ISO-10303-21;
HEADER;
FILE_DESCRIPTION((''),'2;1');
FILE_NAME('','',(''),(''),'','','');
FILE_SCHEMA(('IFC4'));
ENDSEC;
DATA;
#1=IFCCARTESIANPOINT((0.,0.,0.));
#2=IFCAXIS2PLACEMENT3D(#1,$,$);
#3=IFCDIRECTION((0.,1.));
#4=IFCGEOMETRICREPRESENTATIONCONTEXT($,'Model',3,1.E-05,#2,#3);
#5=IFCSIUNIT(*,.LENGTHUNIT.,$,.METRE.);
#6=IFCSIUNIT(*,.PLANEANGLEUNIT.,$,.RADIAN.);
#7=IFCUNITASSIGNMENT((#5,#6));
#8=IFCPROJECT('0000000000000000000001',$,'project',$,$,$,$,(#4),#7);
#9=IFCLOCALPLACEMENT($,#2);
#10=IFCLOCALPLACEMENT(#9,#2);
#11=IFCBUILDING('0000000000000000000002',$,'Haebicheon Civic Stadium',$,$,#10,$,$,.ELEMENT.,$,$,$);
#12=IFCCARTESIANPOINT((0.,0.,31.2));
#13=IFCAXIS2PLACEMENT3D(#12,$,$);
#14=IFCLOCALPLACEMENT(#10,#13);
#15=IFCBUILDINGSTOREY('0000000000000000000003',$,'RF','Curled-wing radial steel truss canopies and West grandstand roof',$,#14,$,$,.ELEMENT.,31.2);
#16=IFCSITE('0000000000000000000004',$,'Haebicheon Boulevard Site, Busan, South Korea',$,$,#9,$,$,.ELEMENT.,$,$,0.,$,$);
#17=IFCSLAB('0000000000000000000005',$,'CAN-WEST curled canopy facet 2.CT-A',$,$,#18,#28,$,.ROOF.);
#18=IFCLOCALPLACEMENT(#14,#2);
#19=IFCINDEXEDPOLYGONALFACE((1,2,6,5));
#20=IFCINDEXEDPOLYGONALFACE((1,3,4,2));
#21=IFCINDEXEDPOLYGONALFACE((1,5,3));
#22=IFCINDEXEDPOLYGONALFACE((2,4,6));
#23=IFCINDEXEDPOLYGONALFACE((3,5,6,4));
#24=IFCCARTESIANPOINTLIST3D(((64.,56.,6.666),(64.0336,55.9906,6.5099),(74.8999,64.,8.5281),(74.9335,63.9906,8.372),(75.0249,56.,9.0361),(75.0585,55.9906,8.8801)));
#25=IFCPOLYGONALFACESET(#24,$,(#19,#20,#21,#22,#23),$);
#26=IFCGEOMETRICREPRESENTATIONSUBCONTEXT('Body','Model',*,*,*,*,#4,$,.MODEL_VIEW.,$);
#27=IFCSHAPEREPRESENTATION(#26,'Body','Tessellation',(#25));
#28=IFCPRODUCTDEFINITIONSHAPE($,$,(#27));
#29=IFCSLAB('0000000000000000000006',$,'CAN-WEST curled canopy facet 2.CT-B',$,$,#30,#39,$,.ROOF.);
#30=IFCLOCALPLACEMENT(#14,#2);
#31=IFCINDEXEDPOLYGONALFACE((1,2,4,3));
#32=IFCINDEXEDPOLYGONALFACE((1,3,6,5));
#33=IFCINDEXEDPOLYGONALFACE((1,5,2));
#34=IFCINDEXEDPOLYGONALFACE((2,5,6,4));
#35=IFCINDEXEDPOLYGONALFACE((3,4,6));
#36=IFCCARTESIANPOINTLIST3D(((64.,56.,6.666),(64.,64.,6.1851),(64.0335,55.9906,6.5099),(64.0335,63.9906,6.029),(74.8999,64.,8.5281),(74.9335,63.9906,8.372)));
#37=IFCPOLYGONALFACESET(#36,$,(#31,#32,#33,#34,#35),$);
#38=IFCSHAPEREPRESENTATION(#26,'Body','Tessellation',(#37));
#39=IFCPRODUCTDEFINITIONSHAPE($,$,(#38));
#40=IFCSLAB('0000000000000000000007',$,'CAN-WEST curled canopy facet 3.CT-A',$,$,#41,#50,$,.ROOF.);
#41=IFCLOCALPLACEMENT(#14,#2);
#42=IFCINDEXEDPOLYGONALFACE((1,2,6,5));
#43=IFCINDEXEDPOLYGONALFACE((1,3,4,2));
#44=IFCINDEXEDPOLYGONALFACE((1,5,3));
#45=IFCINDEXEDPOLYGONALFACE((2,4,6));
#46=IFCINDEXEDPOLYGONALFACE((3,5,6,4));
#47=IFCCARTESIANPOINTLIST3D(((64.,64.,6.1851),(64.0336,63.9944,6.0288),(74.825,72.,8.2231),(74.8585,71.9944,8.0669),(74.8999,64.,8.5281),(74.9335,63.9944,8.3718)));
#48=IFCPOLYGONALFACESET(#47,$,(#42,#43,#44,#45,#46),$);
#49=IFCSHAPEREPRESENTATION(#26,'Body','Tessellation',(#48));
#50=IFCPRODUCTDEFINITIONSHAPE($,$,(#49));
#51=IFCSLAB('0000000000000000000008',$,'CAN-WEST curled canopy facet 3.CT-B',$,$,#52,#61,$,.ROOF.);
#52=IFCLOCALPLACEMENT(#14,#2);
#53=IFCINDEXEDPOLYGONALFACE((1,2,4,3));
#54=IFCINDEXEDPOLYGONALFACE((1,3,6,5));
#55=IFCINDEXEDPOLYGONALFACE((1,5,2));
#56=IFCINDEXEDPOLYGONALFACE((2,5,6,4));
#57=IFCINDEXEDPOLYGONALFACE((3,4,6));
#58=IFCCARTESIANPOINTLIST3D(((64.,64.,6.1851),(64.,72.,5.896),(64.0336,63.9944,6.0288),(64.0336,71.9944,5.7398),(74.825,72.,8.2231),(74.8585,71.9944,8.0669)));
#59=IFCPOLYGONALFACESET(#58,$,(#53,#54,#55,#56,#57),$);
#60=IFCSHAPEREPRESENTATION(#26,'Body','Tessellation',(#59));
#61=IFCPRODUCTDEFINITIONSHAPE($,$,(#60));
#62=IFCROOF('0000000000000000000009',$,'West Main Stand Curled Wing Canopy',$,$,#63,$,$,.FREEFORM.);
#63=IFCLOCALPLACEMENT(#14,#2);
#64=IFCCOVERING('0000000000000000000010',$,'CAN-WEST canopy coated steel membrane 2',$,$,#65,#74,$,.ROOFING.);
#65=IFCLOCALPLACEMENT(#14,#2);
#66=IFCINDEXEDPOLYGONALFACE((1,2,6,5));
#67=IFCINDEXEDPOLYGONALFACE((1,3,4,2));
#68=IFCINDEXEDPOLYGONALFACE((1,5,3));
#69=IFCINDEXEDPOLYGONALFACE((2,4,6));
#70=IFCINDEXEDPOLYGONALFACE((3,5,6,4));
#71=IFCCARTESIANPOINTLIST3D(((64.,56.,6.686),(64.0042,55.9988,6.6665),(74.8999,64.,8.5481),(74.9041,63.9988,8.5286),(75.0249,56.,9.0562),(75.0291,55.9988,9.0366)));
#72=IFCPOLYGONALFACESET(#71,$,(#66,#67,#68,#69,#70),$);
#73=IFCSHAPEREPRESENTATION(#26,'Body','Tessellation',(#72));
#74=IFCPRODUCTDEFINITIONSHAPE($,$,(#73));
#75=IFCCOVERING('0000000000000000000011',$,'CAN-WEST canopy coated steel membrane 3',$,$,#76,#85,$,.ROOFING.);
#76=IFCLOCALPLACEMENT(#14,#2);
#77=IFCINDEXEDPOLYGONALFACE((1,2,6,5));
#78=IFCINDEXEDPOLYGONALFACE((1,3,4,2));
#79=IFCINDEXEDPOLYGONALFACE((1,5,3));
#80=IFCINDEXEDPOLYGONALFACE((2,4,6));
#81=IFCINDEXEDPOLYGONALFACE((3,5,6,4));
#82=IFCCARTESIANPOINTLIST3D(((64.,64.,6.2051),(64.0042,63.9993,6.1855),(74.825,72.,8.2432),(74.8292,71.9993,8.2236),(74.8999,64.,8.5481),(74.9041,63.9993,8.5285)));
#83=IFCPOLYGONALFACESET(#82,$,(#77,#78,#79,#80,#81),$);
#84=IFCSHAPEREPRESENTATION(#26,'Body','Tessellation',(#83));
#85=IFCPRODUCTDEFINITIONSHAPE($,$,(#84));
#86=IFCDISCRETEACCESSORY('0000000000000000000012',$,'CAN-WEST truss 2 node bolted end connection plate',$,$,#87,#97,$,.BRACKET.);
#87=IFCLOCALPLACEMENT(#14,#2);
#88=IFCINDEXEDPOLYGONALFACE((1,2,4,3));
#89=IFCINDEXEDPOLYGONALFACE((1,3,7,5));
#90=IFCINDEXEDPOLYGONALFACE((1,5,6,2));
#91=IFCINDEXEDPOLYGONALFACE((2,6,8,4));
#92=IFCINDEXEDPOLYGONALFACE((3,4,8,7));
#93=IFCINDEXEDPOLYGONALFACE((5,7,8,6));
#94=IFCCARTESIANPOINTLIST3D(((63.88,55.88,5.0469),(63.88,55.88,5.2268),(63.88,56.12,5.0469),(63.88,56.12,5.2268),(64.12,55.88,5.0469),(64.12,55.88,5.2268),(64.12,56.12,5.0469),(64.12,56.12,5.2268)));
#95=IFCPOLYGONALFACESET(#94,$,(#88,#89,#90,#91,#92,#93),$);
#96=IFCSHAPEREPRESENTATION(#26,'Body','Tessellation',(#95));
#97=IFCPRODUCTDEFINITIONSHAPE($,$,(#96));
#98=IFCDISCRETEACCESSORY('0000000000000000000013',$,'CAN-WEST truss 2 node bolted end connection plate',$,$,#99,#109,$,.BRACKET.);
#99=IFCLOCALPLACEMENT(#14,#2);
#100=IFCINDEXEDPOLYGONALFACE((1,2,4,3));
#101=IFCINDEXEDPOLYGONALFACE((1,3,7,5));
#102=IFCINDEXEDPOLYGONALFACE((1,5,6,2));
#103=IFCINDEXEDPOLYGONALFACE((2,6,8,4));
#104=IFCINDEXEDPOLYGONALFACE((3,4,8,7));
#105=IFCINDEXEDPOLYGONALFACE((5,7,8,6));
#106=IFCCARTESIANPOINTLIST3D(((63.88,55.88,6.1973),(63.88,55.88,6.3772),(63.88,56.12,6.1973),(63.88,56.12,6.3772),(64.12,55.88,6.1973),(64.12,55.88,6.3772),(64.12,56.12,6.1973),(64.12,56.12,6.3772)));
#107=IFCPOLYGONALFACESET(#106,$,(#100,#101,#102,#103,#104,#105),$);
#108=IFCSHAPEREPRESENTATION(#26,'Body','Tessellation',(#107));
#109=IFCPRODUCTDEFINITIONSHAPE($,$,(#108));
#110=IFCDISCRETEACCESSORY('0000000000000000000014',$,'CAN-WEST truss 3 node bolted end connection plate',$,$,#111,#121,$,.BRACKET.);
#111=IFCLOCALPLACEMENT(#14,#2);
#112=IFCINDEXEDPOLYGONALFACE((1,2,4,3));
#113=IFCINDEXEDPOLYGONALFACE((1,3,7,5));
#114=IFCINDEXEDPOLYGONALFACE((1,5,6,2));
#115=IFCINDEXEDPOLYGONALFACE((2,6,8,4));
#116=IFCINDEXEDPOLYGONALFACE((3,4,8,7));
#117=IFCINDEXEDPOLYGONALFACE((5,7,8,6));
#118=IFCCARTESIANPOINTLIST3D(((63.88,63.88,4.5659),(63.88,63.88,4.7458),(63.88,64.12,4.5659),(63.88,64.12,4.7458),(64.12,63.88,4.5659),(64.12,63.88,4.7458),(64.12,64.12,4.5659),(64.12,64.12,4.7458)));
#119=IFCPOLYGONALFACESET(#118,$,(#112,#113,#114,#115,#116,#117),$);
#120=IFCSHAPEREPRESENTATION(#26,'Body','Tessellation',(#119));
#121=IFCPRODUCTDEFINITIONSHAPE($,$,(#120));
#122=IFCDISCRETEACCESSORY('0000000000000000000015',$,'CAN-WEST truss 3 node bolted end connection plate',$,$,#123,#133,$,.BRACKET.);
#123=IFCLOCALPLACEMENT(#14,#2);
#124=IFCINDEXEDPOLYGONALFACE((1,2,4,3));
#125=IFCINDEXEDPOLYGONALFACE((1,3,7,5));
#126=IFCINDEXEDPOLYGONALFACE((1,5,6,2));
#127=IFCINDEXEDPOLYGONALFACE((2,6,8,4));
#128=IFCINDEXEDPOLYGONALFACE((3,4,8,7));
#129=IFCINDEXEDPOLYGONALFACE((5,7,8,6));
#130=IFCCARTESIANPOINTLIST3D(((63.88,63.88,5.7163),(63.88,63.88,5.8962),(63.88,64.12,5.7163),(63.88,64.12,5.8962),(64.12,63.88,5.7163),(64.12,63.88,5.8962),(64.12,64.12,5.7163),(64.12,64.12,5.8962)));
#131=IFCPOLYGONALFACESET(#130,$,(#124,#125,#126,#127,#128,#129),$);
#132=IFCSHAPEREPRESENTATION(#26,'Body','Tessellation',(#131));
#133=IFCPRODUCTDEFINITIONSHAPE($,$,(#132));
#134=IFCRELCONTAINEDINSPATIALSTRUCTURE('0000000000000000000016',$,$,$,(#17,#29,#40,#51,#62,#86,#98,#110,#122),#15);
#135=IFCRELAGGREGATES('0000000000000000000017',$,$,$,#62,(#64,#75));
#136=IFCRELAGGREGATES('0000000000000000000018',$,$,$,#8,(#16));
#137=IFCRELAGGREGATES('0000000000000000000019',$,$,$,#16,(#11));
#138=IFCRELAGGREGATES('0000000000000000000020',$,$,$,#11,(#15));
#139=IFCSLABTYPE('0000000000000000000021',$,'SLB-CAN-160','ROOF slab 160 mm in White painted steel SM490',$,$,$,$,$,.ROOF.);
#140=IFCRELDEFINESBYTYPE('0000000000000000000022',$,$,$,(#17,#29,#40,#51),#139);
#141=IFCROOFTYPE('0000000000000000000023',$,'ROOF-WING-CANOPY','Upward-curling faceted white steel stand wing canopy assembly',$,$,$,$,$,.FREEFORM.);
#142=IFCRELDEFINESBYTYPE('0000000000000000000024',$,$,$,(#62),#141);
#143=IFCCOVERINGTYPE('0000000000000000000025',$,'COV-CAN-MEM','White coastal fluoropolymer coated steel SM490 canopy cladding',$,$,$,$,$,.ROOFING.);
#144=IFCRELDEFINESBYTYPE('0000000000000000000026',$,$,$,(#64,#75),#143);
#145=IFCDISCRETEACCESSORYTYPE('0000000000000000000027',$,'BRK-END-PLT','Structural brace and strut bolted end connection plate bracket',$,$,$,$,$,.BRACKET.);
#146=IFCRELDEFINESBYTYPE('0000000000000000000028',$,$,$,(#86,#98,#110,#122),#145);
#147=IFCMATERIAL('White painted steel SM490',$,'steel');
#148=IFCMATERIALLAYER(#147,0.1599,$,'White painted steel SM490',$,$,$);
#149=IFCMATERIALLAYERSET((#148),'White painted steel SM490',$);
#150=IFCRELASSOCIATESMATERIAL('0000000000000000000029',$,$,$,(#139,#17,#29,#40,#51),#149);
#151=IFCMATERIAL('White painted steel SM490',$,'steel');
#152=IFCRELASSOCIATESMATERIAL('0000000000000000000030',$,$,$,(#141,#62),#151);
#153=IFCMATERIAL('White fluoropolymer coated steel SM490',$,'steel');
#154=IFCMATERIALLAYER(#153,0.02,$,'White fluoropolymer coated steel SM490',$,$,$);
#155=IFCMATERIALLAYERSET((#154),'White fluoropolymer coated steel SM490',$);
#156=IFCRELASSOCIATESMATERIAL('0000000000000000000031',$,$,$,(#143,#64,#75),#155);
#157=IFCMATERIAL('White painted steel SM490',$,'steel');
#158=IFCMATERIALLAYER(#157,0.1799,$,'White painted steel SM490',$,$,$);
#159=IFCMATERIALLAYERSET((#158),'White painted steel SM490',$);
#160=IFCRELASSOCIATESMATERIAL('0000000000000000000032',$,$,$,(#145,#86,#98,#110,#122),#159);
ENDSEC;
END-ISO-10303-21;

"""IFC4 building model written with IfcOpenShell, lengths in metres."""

from ifc_helpers import new_model, si_unit, direction, frame, origin, origin_2d, place, context, subcontext, project, spatial, polyline, rectangle, outline, extrude, material, layer, layer_set, type_object, element, aggregate, save


model = new_model("IFC4")

# Units and contexts
model_context = context("Model", 3, precision=1e-05, world=origin(), true_north=direction((0.0, 1.0)))
body_context = subcontext(model_context, "Body", "Model", "MODEL_VIEW")
ifc_project = project(units=[si_unit("LENGTHUNIT", "METRE"), si_unit("PLANEANGLEUNIT", "RADIAN")], contexts=[model_context])

# Site, building, storey
site_placement = place(None, origin())
site = spatial("IfcSite", under=ifc_project, at=site_placement, Name="Haebicheon Boulevard Site, Busan, South Korea", CompositionType="ELEMENT", RefElevation=0.0)
building_placement = place(site_placement, origin())
building = spatial("IfcBuilding", under=site, at=building_placement, Name="Haebicheon Civic Stadium", CompositionType="ELEMENT")
storey_placement = place(building_placement, frame((0.0, 0.0, 31.2)))
storey = spatial("IfcBuildingStorey", under=building, at=storey_placement, Name="RF", Description="Curled-wing radial steel truss canopies and West grandstand roof", CompositionType="ELEMENT", Elevation=31.2)

# Slabs
ifc_material_1 = material(Name="White painted steel SM490", Category="steel")
ifc_layer_1 = layer(ifc_material_1, 0.1599, Name="White painted steel SM490")
ifc_layer_set_1 = layer_set([ifc_layer_1], Name="White painted steel SM490")
slab_type = type_object("IfcSlabType", Name="SLB-CAN-160", Description="ROOF slab 160 mm in White painted steel SM490", PredefinedType="ROOF", material=ifc_layer_set_1)
slab_1_placement = place(storey_placement, frame((64.0, 56.0, 6.666), z_axis=(-0.209814, 0.058703, 0.975977), x_axis=(0.977663, 0.0, 0.210177)))
element("IfcSlab", 1, at=slab_1_placement, inside=storey, type_object=slab_type, material=ifc_layer_set_1, Name="CAN-WEST curled canopy facet 2.CT-A", PredefinedType="ROOF", context=body_context, shape_type="SweptSolid", body=[
    extrude(outline(polyline([(0.0, 0.0), (11.2768, 0.0), (11.0478, 8.0138), (0.0, 0.0)])), origin(), (0.0, 0.0, -1.0), 0.1599),
])
slab_2_placement = place(storey_placement, frame((64.0, 56.0, 6.666), z_axis=(-0.209795, 0.058676, 0.975983), x_axis=(0.798629, 0.586155, 0.136432)))
element("IfcSlab", 2, at=slab_2_placement, inside=storey, type_object=slab_type, material=ifc_layer_set_1, Name="CAN-WEST curled canopy facet 2.CT-B", PredefinedType="ROOF", context=body_context, shape_type="SweptSolid", body=[
    extrude(outline(polyline([(0.0, 0.0), (13.6483, 0.0), (4.6236, 6.5463), (0.0, 0.0)])), origin(), (0.0, 0.0, -1.0), 0.1599),
])
slab_3_placement = place(storey_placement, frame((64.0, 64.0, 6.1851), z_axis=(-0.210026, 0.035274, 0.977059), x_axis=(0.977668, 0.0, 0.210157)))
element("IfcSlab", 3, at=slab_3_placement, inside=storey, type_object=slab_type, material=ifc_layer_set_1, Name="CAN-WEST curled canopy facet 3.CT-A", PredefinedType="ROOF", context=body_context, shape_type="SweptSolid", body=[
    extrude(outline(polyline([(0.0, 0.0), (11.1489, 0.0), (11.0115, 8.005), (0.0, 0.0)])), origin(), (0.0, 0.0, -1.0), 0.1599),
])
slab_4_placement = place(storey_placement, frame((64.0, 64.0, 6.1851), z_axis=(-0.210047, 0.035304, 0.977054), x_axis=(0.79515, 0.587642, 0.149708)))
element("IfcSlab", 4, at=slab_4_placement, inside=storey, type_object=slab_type, material=ifc_layer_set_1, Name="CAN-WEST curled canopy facet 3.CT-B", PredefinedType="ROOF", context=body_context, shape_type="SweptSolid", body=[
    extrude(outline(polyline([(0.0, 0.0), (13.6137, 0.0), (4.6579, 6.5106), (0.0, 0.0)])), origin(), (0.0, 0.0, -1.0), 0.1599),
])

# Roof, coverings
ifc_material_2 = material(Name="White painted steel SM490", Category="steel")
roof_type = type_object("IfcRoofType", Name="ROOF-WING-CANOPY", Description="Upward-curling faceted white steel stand wing canopy assembly", PredefinedType="FREEFORM", material=ifc_material_2)
roof_placement = place(storey_placement, origin())
roof = element("IfcRoof", 5, at=roof_placement, inside=storey, type_object=roof_type, material=ifc_material_2, Name="West Main Stand Curled Wing Canopy", PredefinedType="FREEFORM")
ifc_material_3 = material(Name="White fluoropolymer coated steel SM490", Category="steel")
ifc_layer_2 = layer(ifc_material_3, 0.02, Name="White fluoropolymer coated steel SM490")
ifc_layer_set_2 = layer_set([ifc_layer_2], Name="White fluoropolymer coated steel SM490")
covering_type = type_object("IfcCoveringType", Name="COV-CAN-MEM", Description="White coastal fluoropolymer coated steel SM490 canopy cladding", PredefinedType="ROOFING", material=ifc_layer_set_2)
covering_1_placement = place(storey_placement, frame((64.0, 56.0, 6.686), z_axis=(-0.209814, 0.058703, 0.975977), x_axis=(0.977663, 0.0, 0.210177)))
covering_1 = element("IfcCovering", 6, at=covering_1_placement, type_object=covering_type, material=ifc_layer_set_2, Name="CAN-WEST canopy coated steel membrane 2", PredefinedType="ROOFING", context=body_context, shape_type="SweptSolid", body=[
    extrude(outline(polyline([(0.0, 0.0), (11.2768, 0.0), (11.0478, 8.0138), (0.0, 0.0)])), origin(), (0.0, 0.0, -1.0), 0.02),
])
covering_2_placement = place(storey_placement, frame((64.0, 64.0, 6.2051), z_axis=(-0.210026, 0.035274, 0.977059), x_axis=(0.977668, 0.0, 0.210157)))
covering_2 = element("IfcCovering", 7, at=covering_2_placement, type_object=covering_type, material=ifc_layer_set_2, Name="CAN-WEST canopy coated steel membrane 3", PredefinedType="ROOFING", context=body_context, shape_type="SweptSolid", body=[
    extrude(outline(polyline([(0.0, 0.0), (11.1489, 0.0), (11.0115, 8.005), (0.0, 0.0)])), origin(), (0.0, 0.0, -1.0), 0.02),
])
aggregate(roof, [covering_1, covering_2])

# Discrete accessories
ifc_material_4 = material(Name="White painted steel SM490", Category="steel")
ifc_layer_3 = layer(ifc_material_4, 0.1799, Name="White painted steel SM490")
ifc_layer_set_3 = layer_set([ifc_layer_3], Name="White painted steel SM490")
discrete_accessory_type = type_object("IfcDiscreteAccessoryType", Name="BRK-END-PLT", Description="Structural brace and strut bolted end connection plate bracket", PredefinedType="BRACKET", material=ifc_layer_set_3)
for number, where, z_axis, x_axis, name in (
    (8, (64.0, 56.0, 5.0469), (0.0, 0.0, 1.0), (1.0, 0.0, 0.0), "CAN-WEST truss 2 node bolted end connection plate"),
    (9, (64.0, 56.0, 6.1973), (0.0, 0.0, 1.0), (1.0, 0.0, 0.0), "CAN-WEST truss 2 node bolted end connection plate"),
    (10, (64.0, 64.0, 4.5659), (0.0, 0.0, 1.0), (1.0, 0.0, 0.0), "CAN-WEST truss 3 node bolted end connection plate"),
    (11, (64.0, 64.0, 5.7163), (0.0, 0.0, 1.0), (1.0, 0.0, 0.0), "CAN-WEST truss 3 node bolted end connection plate"),
):
    element("IfcDiscreteAccessory", number, at=place(storey_placement, frame(where, z_axis=z_axis, x_axis=x_axis)), inside=storey, type_object=discrete_accessory_type, material=ifc_layer_set_3, Name=name, PredefinedType="BRACKET", context=body_context, shape_type="SweptSolid", body=[
        extrude(rectangle(XDim=0.24, YDim=0.24, at=origin_2d()), origin(), (0.0, 0.0, 1.0), 0.1799),
    ])

save(model, "model.ifc")
